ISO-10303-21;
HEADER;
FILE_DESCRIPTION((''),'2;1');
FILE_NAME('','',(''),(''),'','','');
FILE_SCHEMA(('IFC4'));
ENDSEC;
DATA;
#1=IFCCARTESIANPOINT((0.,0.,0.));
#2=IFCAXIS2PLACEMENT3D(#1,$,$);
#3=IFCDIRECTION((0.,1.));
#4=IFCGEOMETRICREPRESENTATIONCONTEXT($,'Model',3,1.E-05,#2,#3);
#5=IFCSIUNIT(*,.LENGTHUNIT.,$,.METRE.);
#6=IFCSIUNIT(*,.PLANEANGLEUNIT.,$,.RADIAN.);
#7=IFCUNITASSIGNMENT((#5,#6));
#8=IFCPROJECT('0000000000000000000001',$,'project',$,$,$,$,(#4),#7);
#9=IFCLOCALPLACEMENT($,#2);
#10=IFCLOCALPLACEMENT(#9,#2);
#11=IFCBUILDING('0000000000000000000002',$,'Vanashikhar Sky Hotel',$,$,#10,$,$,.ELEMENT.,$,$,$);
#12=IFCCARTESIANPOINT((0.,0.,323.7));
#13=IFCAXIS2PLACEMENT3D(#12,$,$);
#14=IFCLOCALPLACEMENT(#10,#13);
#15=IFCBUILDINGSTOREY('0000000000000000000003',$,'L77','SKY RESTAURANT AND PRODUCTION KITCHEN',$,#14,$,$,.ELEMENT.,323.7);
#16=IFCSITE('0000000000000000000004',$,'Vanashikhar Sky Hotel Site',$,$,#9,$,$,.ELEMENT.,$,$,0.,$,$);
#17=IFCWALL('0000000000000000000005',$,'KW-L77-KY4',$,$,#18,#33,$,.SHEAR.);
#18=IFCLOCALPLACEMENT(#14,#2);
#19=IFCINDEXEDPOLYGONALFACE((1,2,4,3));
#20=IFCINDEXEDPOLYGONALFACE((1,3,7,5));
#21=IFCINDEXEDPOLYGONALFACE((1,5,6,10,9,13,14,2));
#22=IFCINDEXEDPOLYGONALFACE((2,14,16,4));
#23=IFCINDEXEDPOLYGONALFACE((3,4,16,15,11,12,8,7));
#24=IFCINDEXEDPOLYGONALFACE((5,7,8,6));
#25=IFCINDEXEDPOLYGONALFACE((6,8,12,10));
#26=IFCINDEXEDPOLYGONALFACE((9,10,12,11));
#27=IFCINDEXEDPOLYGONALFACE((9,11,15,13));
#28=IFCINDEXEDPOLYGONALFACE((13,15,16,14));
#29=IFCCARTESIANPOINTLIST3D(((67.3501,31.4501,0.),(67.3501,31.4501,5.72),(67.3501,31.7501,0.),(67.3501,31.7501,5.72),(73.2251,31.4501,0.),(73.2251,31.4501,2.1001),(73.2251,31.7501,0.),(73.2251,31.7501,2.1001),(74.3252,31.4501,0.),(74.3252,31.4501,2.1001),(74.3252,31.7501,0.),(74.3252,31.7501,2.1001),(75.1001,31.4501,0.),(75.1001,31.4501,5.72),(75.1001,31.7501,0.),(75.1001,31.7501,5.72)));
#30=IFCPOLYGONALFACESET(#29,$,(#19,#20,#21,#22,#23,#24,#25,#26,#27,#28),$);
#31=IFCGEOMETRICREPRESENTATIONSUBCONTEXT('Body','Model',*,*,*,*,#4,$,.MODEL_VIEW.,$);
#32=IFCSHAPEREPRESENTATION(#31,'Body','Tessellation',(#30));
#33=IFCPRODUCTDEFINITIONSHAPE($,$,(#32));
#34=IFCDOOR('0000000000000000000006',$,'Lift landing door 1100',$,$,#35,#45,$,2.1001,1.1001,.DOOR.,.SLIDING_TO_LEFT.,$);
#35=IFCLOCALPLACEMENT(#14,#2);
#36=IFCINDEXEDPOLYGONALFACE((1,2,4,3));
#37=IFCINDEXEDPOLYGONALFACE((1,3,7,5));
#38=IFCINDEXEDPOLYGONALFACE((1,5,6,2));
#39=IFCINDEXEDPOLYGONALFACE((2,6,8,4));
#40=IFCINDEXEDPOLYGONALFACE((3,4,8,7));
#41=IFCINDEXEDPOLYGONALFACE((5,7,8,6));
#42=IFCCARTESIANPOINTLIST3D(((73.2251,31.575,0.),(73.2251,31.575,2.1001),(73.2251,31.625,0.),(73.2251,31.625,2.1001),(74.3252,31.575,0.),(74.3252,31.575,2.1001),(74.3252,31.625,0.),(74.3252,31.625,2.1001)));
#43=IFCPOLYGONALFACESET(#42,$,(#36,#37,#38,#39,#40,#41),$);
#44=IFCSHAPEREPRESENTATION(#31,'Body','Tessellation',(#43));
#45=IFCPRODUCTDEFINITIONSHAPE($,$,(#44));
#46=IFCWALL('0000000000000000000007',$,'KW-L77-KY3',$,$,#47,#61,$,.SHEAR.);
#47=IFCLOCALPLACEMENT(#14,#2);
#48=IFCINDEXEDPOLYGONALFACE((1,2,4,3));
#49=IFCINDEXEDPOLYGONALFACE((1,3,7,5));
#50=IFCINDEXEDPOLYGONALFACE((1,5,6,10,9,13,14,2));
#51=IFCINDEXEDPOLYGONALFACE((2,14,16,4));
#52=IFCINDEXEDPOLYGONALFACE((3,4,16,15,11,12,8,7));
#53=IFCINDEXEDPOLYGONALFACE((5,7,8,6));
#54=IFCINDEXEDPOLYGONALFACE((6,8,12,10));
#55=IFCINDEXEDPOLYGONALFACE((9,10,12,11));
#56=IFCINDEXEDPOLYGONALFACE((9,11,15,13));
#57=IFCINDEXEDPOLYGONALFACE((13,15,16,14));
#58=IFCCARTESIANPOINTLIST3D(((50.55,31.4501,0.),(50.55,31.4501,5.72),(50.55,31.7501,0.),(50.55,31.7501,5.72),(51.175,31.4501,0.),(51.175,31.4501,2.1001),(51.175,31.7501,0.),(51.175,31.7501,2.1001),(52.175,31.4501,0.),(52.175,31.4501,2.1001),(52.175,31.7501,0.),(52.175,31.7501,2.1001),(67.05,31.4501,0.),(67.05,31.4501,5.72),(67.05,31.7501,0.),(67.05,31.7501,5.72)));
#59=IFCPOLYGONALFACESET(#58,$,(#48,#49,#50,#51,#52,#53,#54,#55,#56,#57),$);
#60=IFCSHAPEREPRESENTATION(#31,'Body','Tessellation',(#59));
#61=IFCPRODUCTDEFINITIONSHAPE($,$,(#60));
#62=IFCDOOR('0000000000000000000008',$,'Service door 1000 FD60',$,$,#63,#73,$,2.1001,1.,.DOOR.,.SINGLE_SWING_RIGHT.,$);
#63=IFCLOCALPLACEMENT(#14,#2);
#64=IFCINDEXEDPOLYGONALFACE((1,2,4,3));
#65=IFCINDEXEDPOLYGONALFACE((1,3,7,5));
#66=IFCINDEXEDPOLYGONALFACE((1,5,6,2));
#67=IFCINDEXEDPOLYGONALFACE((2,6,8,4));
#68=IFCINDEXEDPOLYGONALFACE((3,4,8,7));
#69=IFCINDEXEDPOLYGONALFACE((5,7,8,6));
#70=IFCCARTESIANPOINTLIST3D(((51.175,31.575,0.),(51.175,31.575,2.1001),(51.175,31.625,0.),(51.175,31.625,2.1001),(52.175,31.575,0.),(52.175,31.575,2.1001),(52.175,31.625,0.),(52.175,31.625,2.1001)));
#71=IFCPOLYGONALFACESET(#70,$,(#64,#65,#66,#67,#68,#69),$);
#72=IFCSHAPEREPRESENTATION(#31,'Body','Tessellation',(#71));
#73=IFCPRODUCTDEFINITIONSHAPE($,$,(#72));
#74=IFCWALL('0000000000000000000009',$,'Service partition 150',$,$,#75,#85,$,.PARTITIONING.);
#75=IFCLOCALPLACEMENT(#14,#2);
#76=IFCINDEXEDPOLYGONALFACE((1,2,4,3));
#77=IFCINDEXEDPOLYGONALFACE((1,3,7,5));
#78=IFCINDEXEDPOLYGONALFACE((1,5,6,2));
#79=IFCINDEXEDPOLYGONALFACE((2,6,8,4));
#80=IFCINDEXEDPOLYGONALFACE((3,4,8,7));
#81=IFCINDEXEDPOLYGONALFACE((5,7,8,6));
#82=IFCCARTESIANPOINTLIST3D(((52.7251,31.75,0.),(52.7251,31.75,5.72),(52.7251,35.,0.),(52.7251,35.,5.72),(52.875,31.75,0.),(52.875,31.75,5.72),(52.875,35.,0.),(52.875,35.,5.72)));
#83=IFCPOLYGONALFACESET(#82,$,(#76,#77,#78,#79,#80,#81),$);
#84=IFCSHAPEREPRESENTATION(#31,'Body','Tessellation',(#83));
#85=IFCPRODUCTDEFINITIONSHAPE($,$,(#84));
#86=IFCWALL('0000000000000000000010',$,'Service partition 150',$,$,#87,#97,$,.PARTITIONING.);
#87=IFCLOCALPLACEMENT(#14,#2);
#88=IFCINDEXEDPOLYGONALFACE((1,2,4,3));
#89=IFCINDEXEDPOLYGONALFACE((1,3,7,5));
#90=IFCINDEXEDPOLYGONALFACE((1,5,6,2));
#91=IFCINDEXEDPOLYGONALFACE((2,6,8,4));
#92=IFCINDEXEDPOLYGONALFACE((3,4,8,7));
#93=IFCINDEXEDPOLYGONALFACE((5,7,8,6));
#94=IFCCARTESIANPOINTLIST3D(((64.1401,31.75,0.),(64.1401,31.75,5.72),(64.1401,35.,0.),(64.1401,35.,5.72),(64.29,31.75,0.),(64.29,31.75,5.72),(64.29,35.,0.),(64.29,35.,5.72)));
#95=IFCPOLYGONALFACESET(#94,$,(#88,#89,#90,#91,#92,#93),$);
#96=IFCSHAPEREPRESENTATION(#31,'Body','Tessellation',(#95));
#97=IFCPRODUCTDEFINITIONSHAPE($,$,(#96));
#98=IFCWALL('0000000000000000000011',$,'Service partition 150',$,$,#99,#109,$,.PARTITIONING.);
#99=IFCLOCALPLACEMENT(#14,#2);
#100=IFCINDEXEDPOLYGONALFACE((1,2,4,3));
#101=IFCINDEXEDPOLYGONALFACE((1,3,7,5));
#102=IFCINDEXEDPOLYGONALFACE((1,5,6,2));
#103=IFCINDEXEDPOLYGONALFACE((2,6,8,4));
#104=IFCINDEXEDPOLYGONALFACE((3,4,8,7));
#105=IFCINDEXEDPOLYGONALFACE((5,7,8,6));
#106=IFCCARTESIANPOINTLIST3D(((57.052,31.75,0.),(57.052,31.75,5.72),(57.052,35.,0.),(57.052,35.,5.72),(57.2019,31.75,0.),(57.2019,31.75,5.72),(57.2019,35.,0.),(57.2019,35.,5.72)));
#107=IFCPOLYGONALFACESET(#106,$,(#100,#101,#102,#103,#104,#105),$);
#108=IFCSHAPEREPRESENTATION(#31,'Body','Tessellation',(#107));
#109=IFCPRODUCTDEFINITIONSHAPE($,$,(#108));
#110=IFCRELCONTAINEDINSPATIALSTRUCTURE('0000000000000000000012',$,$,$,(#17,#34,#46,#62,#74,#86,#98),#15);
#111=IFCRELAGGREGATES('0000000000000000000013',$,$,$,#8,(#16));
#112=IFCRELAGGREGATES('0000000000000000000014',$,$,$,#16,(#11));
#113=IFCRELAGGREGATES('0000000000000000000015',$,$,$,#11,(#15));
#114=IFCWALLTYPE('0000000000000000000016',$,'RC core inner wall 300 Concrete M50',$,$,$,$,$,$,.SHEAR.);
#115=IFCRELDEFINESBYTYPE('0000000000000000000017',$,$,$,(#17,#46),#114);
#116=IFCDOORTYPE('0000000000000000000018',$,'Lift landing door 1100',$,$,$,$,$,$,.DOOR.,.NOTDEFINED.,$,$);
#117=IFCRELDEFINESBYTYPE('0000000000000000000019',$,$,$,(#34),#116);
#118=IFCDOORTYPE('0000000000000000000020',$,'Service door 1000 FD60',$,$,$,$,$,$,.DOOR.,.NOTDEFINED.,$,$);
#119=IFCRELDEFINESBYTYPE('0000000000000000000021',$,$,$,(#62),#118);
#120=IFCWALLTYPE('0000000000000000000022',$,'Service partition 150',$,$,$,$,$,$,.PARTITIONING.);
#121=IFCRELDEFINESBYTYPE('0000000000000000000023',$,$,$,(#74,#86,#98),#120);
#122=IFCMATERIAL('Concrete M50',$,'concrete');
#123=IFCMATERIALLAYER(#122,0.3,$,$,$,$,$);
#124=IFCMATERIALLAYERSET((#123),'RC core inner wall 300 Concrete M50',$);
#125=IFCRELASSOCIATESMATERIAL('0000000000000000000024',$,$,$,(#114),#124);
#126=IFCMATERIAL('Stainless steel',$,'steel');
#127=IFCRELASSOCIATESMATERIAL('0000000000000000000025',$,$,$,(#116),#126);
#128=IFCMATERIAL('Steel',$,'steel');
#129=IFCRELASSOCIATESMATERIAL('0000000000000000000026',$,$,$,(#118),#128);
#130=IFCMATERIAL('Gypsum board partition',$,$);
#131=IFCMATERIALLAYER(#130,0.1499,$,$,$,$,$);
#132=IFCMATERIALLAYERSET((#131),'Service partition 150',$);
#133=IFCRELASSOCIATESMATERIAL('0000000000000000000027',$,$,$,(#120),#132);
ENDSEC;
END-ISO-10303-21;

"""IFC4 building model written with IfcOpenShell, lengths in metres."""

from ifc_helpers import new_model, si_unit, direction, frame, frame_2d, origin, place, context, subcontext, project, spatial, rectangle, extrude, source, transform, mapped, material, layer, layer_set, type_object, element, fill, save


model = new_model("IFC4")

# Units and contexts
model_context = context("Model", 3, precision=1e-05, world=origin(), true_north=direction((0.0, 1.0)))
body_context = subcontext(model_context, "Body", "Model", "MODEL_VIEW")
ifc_project = project(units=[si_unit("LENGTHUNIT", "METRE"), si_unit("PLANEANGLEUNIT", "RADIAN")], contexts=[model_context])

# Site, building, storey
site_placement = place(None, origin())
site = spatial("IfcSite", under=ifc_project, at=site_placement, Name="Vanashikhar Sky Hotel Site", CompositionType="ELEMENT", RefElevation=0.0)
building_placement = place(site_placement, origin())
building = spatial("IfcBuilding", under=site, at=building_placement, Name="Vanashikhar Sky Hotel", CompositionType="ELEMENT")
storey_placement = place(building_placement, frame((0.0, 0.0, 323.7)))
storey = spatial("IfcBuildingStorey", under=building, at=storey_placement, Name="L77", Description="SKY RESTAURANT AND PRODUCTION KITCHEN", CompositionType="ELEMENT", Elevation=323.7)

# Walls, openings, doors
ifc_material_1 = material(Name="Concrete M50", Category="concrete")
ifc_layer_1 = layer(ifc_material_1, 0.3)
ifc_layer_set_1 = layer_set([ifc_layer_1], Name="RC core inner wall 300 Concrete M50")
wall_type_1 = type_object("IfcWallType", Name="RC core inner wall 300 Concrete M50", PredefinedType="SHEAR", material=ifc_layer_set_1)
shared_shape_1 = source(origin(), body_context, "Body", "SweptSolid", [
    extrude(rectangle(XDim=7.75, YDim=0.3, at=frame_2d((3.875, 0.0))), origin(), (0.0, 0.0, 1.0), 5.72),
])
wall_1_placement = place(storey_placement, frame((67.3501, 31.6001, 0.0), z_axis=(0.0, 0.0, 1.0), x_axis=(1.0, 0.0, 0.0)))
wall_1 = element("IfcWall", 1, at=wall_1_placement, inside=storey, type_object=wall_type_1, Name="KW-L77-KY4", PredefinedType="SHEAR", context=body_context, shape_type="MappedRepresentation", body=[
    mapped(shared_shape_1, transform((0.0, 0.0, 0.0), scale=1.0)),
])
shared_shape_2 = source(origin(), body_context, "Body", "SweptSolid", [
    extrude(rectangle(XDim=1.1001, YDim=2.1001, at=frame_2d((0.55, 1.05))), frame((0.0, 0.1602, 0.0), z_axis=(0.0, -1.0, 0.0), x_axis=(1.0, 0.0, 0.0)), (0.0, 0.0, 1.0), 0.3201),
])
opening_1_placement = place(wall_1_placement, frame((5.875, 0.0, 0.0)))
opening_1 = element("IfcOpeningElement", 2, at=opening_1_placement, cuts=wall_1, PredefinedType="OPENING", context=body_context, shape_type="MappedRepresentation", body=[
    mapped(shared_shape_2, transform((0.0, 0.0, 0.0), scale=1.0)),
])
ifc_material_2 = material(Name="Stainless steel", Category="steel")
door_type_1 = type_object("IfcDoorType", Name="Lift landing door 1100", OperationType="NOTDEFINED", PredefinedType="DOOR", material=ifc_material_2)
shared_shape_3 = source(origin(), body_context, "Body", "SweptSolid", [
    extrude(rectangle(XDim=1.1001, YDim=2.1001, at=frame_2d((0.55, 1.05))), frame((0.0, 0.0249, 0.0), z_axis=(0.0, -1.0, 0.0), x_axis=(1.0, 0.0, 0.0)), (0.0, 0.0, 1.0), 0.05),
])
door_1_placement = place(opening_1_placement, origin())
door_1 = element("IfcDoor", 3, at=door_1_placement, inside=storey, type_object=door_type_1, Name="Lift landing door 1100", OperationType="SLIDING_TO_LEFT", OverallHeight=2.1001, OverallWidth=1.1001, PredefinedType="DOOR", context=body_context, shape_type="MappedRepresentation", body=[
    mapped(shared_shape_3, transform((0.0, 0.0, 0.0), scale=1.0)),
])
fill(opening_1, door_1)
shared_shape_4 = source(origin(), body_context, "Body", "SweptSolid", [
    extrude(rectangle(XDim=16.5, YDim=0.3, at=frame_2d((8.25, 0.0))), origin(), (0.0, 0.0, 1.0), 5.72),
])
wall_2_placement = place(storey_placement, frame((50.55, 31.6001, 0.0), z_axis=(0.0, 0.0, 1.0), x_axis=(1.0, 0.0, 0.0)))
wall_2 = element("IfcWall", 4, at=wall_2_placement, inside=storey, type_object=wall_type_1, Name="KW-L77-KY3", PredefinedType="SHEAR", context=body_context, shape_type="MappedRepresentation", body=[
    mapped(shared_shape_4, transform((0.0, 0.0, 0.0), scale=1.0)),
])
shared_shape_5 = source(origin(), body_context, "Body", "SweptSolid", [
    extrude(rectangle(XDim=1.0, YDim=2.1001, at=frame_2d((0.5, 1.05))), frame((0.0, 0.1602, 0.0), z_axis=(0.0, -1.0, 0.0), x_axis=(1.0, 0.0, 0.0)), (0.0, 0.0, 1.0), 0.3201),
])
opening_2_placement = place(wall_2_placement, frame((0.625, 0.0, 0.0)))
opening_2 = element("IfcOpeningElement", 5, at=opening_2_placement, cuts=wall_2, PredefinedType="OPENING", context=body_context, shape_type="MappedRepresentation", body=[
    mapped(shared_shape_5, transform((0.0, 0.0, 0.0), scale=1.0)),
])
ifc_material_3 = material(Name="Steel", Category="steel")
door_type_2 = type_object("IfcDoorType", Name="Service door 1000 FD60", OperationType="NOTDEFINED", PredefinedType="DOOR", material=ifc_material_3)
shared_shape_6 = source(origin(), body_context, "Body", "SweptSolid", [
    extrude(rectangle(XDim=1.0, YDim=2.1001, at=frame_2d((0.5, 1.05))), frame((0.0, 0.0249, 0.0), z_axis=(0.0, -1.0, 0.0), x_axis=(1.0, 0.0, 0.0)), (0.0, 0.0, 1.0), 0.05),
])
door_2_placement = place(opening_2_placement, origin())
door_2 = element("IfcDoor", 6, at=door_2_placement, inside=storey, type_object=door_type_2, Name="Service door 1000 FD60", OperationType="SINGLE_SWING_RIGHT", OverallHeight=2.1001, OverallWidth=1.0, PredefinedType="DOOR", context=body_context, shape_type="MappedRepresentation", body=[
    mapped(shared_shape_6, transform((0.0, 0.0, 0.0), scale=1.0)),
])
fill(opening_2, door_2)

# Walls
ifc_material_4 = material(Name="Gypsum board partition")
ifc_layer_2 = layer(ifc_material_4, 0.1499)
ifc_layer_set_2 = layer_set([ifc_layer_2], Name="Service partition 150")
wall_type_2 = type_object("IfcWallType", Name="Service partition 150", PredefinedType="PARTITIONING", material=ifc_layer_set_2)
shared_shape_7 = source(origin(), body_context, "Body", "SweptSolid", [
    extrude(rectangle(XDim=3.25, YDim=0.1499, at=frame_2d((1.625, 0.0))), origin(), (0.0, 0.0, 1.0), 5.72),
])
for number, where, z_axis, x_axis, name in (
    (7, (52.8, 31.75, 0.0), (0.0, 0.0, 1.0), (0.0, 1.0, 0.0), "Service partition 150"),
    (8, (64.2151, 31.75, 0.0), (0.0, 0.0, 1.0), (0.0, 1.0, 0.0), "Service partition 150"),
    (9, (57.127, 31.75, 0.0), (0.0, 0.0, 1.0), (0.0, 1.0, 0.0), "Service partition 150"),
):
    element("IfcWall", number, at=place(storey_placement, frame(where, z_axis=z_axis, x_axis=x_axis)), inside=storey, type_object=wall_type_2, Name=name, PredefinedType="PARTITIONING", context=body_context, shape_type="MappedRepresentation", body=[
        mapped(shared_shape_7, transform((0.0, 0.0, 0.0), scale=1.0)),
    ])

save(model, "model.ifc")
